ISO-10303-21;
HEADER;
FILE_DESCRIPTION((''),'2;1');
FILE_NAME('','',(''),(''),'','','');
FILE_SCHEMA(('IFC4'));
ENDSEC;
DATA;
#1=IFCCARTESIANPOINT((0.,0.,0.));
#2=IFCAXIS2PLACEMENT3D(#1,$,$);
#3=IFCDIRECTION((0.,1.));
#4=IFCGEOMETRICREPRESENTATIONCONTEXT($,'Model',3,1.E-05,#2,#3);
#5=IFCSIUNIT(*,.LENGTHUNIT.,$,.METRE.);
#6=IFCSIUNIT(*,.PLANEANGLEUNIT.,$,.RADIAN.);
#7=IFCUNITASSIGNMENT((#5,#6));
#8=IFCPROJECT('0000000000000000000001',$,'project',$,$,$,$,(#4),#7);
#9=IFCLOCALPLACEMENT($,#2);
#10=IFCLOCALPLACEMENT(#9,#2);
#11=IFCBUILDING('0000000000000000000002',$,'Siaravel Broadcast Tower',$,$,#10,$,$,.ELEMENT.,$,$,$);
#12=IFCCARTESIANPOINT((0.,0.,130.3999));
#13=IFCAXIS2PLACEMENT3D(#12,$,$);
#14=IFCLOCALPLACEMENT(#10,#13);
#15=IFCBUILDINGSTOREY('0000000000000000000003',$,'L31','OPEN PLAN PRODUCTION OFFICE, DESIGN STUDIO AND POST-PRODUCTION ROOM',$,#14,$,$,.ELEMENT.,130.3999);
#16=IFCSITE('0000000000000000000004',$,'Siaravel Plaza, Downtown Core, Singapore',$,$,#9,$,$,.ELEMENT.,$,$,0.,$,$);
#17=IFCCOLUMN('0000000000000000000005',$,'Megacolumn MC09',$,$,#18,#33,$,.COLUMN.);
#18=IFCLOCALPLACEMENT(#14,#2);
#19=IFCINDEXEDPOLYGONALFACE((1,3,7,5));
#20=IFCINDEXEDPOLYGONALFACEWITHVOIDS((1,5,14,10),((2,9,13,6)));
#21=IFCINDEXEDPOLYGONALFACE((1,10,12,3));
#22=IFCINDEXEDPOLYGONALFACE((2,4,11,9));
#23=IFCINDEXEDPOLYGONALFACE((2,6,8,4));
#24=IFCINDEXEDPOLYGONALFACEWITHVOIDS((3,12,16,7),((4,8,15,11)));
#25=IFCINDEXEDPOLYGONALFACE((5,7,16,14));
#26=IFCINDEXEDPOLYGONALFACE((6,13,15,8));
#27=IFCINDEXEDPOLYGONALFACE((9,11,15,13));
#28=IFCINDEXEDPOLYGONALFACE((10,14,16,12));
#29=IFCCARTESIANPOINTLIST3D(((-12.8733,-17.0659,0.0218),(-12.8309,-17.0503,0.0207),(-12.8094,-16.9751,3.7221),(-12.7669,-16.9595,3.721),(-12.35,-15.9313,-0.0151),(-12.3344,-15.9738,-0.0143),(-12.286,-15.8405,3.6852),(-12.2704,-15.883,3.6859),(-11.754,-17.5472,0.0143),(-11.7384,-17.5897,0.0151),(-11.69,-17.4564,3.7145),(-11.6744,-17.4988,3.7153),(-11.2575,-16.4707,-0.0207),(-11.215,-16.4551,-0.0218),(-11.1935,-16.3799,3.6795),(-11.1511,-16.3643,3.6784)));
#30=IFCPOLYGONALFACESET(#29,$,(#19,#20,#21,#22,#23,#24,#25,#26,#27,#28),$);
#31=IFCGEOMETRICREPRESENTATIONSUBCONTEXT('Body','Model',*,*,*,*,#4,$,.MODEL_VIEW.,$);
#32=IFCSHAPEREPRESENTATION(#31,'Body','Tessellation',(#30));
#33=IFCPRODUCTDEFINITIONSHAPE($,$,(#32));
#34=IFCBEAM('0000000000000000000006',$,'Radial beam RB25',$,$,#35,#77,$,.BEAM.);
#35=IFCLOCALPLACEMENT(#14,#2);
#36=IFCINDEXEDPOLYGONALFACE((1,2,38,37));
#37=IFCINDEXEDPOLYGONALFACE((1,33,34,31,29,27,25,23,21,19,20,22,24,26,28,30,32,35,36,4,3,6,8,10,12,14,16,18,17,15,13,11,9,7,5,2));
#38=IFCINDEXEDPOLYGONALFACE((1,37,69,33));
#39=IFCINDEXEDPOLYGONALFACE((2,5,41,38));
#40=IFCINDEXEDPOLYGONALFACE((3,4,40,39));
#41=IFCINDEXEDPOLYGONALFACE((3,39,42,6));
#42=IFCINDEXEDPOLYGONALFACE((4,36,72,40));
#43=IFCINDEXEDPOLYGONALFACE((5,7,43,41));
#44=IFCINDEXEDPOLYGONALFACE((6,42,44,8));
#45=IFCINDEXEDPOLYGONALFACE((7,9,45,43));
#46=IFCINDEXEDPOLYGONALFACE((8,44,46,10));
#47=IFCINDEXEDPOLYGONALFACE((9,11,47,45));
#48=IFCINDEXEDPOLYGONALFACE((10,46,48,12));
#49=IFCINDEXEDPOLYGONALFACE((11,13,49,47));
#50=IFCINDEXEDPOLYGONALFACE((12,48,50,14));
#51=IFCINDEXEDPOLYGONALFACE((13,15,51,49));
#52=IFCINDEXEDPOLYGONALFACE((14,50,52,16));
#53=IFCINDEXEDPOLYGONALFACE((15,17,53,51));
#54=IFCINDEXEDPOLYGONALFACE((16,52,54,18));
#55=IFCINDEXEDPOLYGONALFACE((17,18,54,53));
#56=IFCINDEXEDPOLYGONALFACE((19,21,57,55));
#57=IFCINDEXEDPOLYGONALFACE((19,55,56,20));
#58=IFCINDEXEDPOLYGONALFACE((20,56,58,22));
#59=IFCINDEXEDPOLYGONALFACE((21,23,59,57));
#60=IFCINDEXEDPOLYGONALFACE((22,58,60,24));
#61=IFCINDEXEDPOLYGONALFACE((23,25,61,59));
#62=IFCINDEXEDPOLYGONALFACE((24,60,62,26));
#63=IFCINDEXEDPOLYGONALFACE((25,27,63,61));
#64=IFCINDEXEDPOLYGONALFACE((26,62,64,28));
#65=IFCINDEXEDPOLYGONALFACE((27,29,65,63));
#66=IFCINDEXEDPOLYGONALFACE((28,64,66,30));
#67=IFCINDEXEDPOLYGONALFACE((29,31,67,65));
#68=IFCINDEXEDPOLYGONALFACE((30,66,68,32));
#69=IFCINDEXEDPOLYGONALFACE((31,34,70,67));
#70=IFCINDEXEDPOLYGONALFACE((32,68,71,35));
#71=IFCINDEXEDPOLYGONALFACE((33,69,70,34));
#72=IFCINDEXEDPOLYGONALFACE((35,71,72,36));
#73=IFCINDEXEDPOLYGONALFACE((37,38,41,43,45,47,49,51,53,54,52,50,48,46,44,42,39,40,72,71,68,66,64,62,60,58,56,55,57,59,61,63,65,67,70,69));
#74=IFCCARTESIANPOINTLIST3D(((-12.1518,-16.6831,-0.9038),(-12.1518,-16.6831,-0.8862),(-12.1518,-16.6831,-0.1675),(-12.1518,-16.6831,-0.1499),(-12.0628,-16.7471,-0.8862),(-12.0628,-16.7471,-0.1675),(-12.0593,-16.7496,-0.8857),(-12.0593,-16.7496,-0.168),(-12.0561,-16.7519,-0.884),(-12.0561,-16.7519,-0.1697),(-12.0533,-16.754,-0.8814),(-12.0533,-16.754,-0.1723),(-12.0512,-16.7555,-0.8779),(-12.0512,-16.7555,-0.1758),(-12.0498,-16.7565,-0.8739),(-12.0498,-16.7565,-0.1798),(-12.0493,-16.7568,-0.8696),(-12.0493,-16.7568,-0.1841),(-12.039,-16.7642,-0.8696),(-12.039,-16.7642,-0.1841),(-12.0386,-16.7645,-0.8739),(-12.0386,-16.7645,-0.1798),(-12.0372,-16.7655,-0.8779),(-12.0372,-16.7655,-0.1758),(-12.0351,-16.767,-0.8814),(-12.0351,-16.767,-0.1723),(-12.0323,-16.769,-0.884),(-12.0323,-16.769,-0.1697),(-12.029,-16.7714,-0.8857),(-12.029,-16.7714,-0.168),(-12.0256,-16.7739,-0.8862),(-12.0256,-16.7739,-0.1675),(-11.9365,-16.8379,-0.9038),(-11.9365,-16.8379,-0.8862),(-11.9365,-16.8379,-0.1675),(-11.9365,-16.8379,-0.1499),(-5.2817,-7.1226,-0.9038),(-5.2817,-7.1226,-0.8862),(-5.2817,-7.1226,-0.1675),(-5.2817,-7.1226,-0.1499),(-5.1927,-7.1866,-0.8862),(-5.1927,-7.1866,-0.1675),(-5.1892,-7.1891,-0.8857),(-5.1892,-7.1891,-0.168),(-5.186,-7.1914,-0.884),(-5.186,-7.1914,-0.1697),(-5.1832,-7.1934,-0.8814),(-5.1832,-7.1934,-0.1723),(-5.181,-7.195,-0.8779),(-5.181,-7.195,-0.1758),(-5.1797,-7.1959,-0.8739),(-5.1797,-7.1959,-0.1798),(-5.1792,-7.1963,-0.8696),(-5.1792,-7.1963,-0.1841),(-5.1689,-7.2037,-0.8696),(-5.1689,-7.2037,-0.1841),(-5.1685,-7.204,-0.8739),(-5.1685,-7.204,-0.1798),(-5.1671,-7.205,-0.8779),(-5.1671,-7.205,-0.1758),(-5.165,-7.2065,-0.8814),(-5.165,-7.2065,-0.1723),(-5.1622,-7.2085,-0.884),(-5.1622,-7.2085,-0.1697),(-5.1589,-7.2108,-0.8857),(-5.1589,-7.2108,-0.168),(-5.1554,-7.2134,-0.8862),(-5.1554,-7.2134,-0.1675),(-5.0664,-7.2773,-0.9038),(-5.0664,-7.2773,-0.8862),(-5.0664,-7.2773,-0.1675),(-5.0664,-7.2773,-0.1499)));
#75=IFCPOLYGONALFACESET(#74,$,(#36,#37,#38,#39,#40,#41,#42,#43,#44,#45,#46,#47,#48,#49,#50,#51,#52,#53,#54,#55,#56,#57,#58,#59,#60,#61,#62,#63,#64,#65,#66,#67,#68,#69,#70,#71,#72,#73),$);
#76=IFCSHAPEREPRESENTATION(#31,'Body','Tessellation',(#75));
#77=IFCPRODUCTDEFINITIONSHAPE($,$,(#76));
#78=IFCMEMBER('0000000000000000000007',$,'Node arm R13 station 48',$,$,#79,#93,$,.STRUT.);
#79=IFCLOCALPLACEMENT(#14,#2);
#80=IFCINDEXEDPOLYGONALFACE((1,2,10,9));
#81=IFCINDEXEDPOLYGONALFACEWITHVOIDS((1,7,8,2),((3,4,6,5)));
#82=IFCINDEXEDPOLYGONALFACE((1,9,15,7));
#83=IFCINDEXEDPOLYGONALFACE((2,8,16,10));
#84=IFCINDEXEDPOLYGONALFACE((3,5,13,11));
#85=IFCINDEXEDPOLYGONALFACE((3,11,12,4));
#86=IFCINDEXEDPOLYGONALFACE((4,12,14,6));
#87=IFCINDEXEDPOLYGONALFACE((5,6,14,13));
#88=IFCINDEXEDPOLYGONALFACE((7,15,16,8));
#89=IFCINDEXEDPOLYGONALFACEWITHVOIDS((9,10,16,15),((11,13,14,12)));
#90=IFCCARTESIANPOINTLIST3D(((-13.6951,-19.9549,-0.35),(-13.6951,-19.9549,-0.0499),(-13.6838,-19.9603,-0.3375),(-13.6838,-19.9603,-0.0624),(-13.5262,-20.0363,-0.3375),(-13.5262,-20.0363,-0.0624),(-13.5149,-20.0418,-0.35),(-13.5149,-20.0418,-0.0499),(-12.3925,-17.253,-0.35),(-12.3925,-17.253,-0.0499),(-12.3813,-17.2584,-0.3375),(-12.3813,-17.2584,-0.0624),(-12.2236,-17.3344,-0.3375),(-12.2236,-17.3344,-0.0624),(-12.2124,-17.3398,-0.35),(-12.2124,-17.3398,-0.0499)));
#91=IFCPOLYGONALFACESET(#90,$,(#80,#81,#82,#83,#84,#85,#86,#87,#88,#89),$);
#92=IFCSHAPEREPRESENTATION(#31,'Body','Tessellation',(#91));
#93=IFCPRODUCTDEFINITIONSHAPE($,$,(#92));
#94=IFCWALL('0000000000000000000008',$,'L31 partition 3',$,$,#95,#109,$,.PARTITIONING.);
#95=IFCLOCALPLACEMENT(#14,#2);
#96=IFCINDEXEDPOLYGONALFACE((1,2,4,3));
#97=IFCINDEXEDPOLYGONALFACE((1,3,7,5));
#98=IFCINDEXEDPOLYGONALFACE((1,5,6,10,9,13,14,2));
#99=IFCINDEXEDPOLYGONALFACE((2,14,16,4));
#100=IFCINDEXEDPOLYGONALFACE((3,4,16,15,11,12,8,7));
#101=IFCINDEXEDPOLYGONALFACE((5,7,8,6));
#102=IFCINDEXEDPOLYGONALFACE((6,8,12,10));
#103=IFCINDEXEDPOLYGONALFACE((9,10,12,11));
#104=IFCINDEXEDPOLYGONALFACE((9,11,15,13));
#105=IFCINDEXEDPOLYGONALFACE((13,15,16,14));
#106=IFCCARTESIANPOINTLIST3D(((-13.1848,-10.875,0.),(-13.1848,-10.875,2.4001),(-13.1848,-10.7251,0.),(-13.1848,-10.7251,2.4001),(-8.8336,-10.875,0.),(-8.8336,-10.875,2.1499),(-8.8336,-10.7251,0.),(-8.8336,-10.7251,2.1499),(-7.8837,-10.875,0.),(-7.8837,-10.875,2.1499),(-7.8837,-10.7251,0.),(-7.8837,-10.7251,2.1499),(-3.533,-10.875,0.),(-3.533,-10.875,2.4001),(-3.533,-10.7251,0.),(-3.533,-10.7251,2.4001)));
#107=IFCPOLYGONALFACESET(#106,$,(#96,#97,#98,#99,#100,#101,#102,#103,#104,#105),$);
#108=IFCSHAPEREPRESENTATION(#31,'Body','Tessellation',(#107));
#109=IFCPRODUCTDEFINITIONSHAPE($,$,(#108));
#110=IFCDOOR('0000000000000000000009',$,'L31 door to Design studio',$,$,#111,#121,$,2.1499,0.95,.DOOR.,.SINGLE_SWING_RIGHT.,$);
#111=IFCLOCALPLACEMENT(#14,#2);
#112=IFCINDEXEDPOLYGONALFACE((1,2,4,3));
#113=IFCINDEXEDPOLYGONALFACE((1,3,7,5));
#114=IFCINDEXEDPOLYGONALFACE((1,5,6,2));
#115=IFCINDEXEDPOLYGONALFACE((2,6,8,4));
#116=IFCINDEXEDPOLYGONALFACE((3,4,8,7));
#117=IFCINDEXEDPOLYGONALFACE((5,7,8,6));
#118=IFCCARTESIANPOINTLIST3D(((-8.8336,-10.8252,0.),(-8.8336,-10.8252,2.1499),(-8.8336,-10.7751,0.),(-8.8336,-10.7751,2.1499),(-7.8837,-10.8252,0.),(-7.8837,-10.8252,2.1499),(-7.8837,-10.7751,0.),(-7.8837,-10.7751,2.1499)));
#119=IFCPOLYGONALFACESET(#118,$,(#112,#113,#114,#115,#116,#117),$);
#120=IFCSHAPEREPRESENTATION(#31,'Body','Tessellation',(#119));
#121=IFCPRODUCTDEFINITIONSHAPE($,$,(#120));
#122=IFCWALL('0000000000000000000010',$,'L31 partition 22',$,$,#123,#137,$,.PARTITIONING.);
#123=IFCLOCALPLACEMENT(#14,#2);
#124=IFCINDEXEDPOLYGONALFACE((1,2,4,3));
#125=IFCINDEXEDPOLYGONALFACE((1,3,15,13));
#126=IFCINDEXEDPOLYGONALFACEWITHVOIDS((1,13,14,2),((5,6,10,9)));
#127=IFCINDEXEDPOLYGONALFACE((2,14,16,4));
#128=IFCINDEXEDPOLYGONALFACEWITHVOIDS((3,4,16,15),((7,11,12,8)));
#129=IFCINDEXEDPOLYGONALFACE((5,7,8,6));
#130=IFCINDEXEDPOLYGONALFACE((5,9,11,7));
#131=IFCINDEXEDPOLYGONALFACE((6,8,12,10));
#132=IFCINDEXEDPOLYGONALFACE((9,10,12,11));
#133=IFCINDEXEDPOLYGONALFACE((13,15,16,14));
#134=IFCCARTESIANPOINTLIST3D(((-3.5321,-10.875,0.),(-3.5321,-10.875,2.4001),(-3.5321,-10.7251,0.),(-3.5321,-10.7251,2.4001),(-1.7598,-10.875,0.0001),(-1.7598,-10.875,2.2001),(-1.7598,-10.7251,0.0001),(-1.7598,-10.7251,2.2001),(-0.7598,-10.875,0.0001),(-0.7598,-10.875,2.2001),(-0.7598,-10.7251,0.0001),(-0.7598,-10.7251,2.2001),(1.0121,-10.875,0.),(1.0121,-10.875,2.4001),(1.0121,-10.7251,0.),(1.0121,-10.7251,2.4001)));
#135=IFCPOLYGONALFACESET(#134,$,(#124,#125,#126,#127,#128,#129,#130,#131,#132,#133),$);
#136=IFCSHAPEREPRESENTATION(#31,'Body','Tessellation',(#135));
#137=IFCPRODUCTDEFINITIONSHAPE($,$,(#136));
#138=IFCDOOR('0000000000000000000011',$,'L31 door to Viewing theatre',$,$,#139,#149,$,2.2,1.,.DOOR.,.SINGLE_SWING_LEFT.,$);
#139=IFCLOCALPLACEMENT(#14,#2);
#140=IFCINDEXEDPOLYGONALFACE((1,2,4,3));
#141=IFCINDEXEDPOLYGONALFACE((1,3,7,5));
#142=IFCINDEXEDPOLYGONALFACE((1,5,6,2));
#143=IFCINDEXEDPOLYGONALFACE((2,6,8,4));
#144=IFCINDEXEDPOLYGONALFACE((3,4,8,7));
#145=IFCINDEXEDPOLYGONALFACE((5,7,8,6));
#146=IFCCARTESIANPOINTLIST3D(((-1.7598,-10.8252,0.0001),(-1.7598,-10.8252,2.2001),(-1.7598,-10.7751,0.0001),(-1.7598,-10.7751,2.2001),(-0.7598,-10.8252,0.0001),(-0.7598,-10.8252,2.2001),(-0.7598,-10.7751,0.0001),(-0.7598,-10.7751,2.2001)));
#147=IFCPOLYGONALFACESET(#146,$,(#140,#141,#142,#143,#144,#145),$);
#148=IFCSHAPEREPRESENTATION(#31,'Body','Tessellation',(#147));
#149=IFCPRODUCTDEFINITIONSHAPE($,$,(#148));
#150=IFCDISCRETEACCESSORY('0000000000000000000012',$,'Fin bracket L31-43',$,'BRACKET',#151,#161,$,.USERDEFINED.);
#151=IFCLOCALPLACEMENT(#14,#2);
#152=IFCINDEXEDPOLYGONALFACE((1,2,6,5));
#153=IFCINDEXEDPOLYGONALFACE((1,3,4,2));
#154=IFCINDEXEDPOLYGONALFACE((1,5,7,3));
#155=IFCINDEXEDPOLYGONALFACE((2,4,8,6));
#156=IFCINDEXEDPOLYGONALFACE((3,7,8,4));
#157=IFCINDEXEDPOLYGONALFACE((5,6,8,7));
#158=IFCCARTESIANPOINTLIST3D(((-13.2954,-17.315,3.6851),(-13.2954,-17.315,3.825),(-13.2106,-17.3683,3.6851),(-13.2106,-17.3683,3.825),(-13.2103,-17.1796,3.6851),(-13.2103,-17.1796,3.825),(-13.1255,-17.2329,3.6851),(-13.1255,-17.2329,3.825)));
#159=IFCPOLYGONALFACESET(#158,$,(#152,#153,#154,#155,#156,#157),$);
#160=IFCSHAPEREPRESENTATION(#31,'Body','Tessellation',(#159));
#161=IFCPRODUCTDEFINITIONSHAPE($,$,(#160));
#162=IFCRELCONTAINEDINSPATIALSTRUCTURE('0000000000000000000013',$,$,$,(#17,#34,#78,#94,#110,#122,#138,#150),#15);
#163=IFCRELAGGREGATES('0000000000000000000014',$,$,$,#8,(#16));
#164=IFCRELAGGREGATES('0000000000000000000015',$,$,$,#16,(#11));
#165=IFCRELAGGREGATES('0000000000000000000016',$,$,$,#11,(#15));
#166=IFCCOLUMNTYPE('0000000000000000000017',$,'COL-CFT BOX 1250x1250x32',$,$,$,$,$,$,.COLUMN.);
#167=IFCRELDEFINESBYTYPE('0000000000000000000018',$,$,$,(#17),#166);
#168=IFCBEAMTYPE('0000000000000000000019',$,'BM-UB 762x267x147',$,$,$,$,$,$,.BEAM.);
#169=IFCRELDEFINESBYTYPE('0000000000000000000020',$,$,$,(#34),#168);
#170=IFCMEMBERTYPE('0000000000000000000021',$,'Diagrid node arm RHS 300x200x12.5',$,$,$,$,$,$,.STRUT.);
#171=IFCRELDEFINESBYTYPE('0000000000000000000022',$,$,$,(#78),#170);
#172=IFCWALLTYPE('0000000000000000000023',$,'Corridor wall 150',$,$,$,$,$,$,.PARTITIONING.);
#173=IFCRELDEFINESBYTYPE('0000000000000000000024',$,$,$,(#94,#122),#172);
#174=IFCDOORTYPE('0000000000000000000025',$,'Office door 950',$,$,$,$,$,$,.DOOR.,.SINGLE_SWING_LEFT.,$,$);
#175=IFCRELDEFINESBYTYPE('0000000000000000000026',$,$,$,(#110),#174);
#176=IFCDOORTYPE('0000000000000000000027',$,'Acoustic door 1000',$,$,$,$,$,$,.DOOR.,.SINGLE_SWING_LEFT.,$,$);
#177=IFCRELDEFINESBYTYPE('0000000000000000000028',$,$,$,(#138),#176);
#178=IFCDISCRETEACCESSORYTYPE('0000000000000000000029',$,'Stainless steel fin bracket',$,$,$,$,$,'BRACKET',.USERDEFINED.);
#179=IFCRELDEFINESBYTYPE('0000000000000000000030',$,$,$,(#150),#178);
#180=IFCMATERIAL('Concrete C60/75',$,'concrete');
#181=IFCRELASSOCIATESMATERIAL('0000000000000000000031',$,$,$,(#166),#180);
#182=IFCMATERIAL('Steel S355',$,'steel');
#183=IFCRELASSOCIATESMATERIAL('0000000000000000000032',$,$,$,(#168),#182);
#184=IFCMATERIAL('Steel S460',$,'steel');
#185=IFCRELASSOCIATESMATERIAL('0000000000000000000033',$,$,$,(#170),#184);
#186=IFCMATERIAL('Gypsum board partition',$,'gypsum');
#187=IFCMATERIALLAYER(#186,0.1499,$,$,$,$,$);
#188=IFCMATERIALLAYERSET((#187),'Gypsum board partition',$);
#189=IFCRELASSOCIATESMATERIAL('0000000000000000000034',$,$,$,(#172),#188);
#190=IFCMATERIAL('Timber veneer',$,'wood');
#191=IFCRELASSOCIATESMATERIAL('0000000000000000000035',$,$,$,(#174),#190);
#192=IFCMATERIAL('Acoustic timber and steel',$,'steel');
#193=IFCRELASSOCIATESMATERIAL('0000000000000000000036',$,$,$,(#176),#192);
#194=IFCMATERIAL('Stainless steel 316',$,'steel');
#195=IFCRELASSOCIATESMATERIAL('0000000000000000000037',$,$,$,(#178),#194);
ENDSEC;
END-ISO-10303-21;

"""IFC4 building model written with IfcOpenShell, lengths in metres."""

from ifc_helpers import new_model, si_unit, direction, frame, frame_2d, origin, origin_2d, place, context, subcontext, project, spatial, rectangle, hollow_rectangle, i_section, extrude, material, layer, layer_set, material_profile, profile_set, type_object, element, fill, save


model = new_model("IFC4")

# Units and contexts
model_context = context("Model", 3, precision=1e-05, world=origin(), true_north=direction((0.0, 1.0)))
body_context = subcontext(model_context, "Body", "Model", "MODEL_VIEW")
ifc_project = project(units=[si_unit("LENGTHUNIT", "METRE"), si_unit("PLANEANGLEUNIT", "RADIAN")], contexts=[model_context])

# Site, building, storey
site_placement = place(None, origin())
site = spatial("IfcSite", under=ifc_project, at=site_placement, Name="Siaravel Plaza, Downtown Core, Singapore", CompositionType="ELEMENT", RefElevation=0.0)
building_placement = place(site_placement, origin())
building = spatial("IfcBuilding", under=site, at=building_placement, Name="Siaravel Broadcast Tower", CompositionType="ELEMENT")
storey_placement = place(building_placement, frame((0.0, 0.0, 130.3999)))
storey = spatial("IfcBuildingStorey", under=building, at=storey_placement, Name="L31", Description="OPEN PLAN PRODUCTION OFFICE, DESIGN STUDIO AND POST-PRODUCTION ROOM", CompositionType="ELEMENT", Elevation=130.3999)

# Column
ifc_material_1 = material(Name="Concrete C60/75", Category="concrete")
ifc_material_profile_1 = material_profile(ifc_material_1, hollow_rectangle(XDim=1.25, YDim=1.25, WallThickness=0.032, at=origin_2d()))
ifc_profile_set_1 = profile_set([ifc_material_profile_1], Name="Concrete C60/75")
column_type = type_object("IfcColumnType", Name="COL-CFT BOX 1250x1250x32", PredefinedType="COLUMN", material=ifc_profile_set_1)
column_placement = place(storey_placement, frame((-12.0442, -16.7605, 0.0), z_axis=(0.017279, 0.024534, 0.99955), x_axis=(-0.907979, 0.418981, 0.005412)))
element("IfcColumn", 1, at=column_placement, inside=storey, type_object=column_type, Name="Megacolumn MC09", PredefinedType="COLUMN", context=body_context, shape_type="SweptSolid", body=[
    extrude(hollow_rectangle(XDim=1.25, YDim=1.25, WallThickness=0.032, at=origin_2d()), origin(), (0.0, 0.0, 1.0), 3.7019),
])

# Beam
ifc_material_2 = material(Name="Steel S355", Category="steel")
ifc_material_profile_2 = material_profile(ifc_material_2, i_section(OverallWidth=0.2651, OverallDepth=0.7539, WebThickness=0.0127, FlangeThickness=0.0176, FilletRadius=0.0166, at=origin_2d()))
ifc_profile_set_2 = profile_set([ifc_material_profile_2], Name="Steel S355")
beam_type = type_object("IfcBeamType", Name="BM-UB 762x267x147", PredefinedType="BEAM", material=ifc_profile_set_2)
beam_placement = place(storey_placement, frame((-12.0442, -16.7605, -0.5269), z_axis=(0.583551, 0.812077, 0.0), x_axis=(-0.812077, 0.583551, 0.0)))
element("IfcBeam", 2, at=beam_placement, inside=storey, type_object=beam_type, Name="Radial beam RB25", PredefinedType="BEAM", context=body_context, shape_type="SweptSolid", body=[
    extrude(i_section(OverallWidth=0.2651, OverallDepth=0.7539, WebThickness=0.0127, FlangeThickness=0.0176, FilletRadius=0.0166, at=origin_2d()), origin(), (0.0, 0.0, 1.0), 11.7729),
])

# Member
ifc_material_3 = material(Name="Steel S460", Category="steel")
ifc_material_profile_3 = material_profile(ifc_material_3, hollow_rectangle(XDim=0.2, YDim=0.3, WallThickness=0.0125, at=origin_2d()))
ifc_profile_set_3 = profile_set([ifc_material_profile_3], Name="Steel S460")
member_type = type_object("IfcMemberType", Name="Diagrid node arm RHS 300x200x12.5", PredefinedType="STRUT", material=ifc_profile_set_3)
member_placement = place(storey_placement, frame((-12.3025, -17.2964, -0.2), z_axis=(-0.434241, -0.900797, 0.0), x_axis=(0.900797, -0.434241, 0.0)))
element("IfcMember", 3, at=member_placement, inside=storey, type_object=member_type, Name="Node arm R13 station 48", PredefinedType="STRUT", context=body_context, shape_type="SweptSolid", body=[
    extrude(hollow_rectangle(XDim=0.2, YDim=0.3, WallThickness=0.0125, at=origin_2d()), origin(), (0.0, 0.0, 1.0), 2.9995),
])

# Walls, openings, doors
ifc_material_4 = material(Name="Gypsum board partition", Category="gypsum")
ifc_layer = layer(ifc_material_4, 0.1499)
ifc_layer_set = layer_set([ifc_layer], Name="Gypsum board partition")
wall_type = type_object("IfcWallType", Name="Corridor wall 150", PredefinedType="PARTITIONING", material=ifc_layer_set)
wall_1_placement = place(storey_placement, frame((-13.1848, -10.8, 0.0), z_axis=(0.0, 0.0, 1.0), x_axis=(1.0, 0.0, 0.0)))
wall_1 = element("IfcWall", 4, at=wall_1_placement, inside=storey, type_object=wall_type, Name="L31 partition 3", PredefinedType="PARTITIONING", context=body_context, shape_type="SweptSolid", body=[
    extrude(rectangle(XDim=9.6519, YDim=0.1499, at=frame_2d((4.8259, 0.0))), origin(), (0.0, 0.0, 1.0), 2.4001),
])
opening_1_placement = place(wall_1_placement, frame((4.3511, 0.0, 0.0)))
opening_1 = element("IfcOpeningElement", 5, at=opening_1_placement, cuts=wall_1, PredefinedType="OPENING", context=body_context, shape_type="SweptSolid", body=[
    extrude(rectangle(XDim=0.95, YDim=2.1499, at=frame_2d((0.4751, 1.075))), frame((0.0, 0.085, 0.0), z_axis=(0.0, -1.0, 0.0), x_axis=(1.0, 0.0, 0.0)), (0.0, 0.0, 1.0), 0.1699),
])
ifc_material_5 = material(Name="Timber veneer", Category="wood")
door_type_1 = type_object("IfcDoorType", Name="Office door 950", OperationType="SINGLE_SWING_LEFT", PredefinedType="DOOR", material=ifc_material_5)
door_1_placement = place(opening_1_placement, origin())
door_1 = element("IfcDoor", 6, at=door_1_placement, inside=storey, type_object=door_type_1, Name="L31 door to Design studio", OperationType="SINGLE_SWING_RIGHT", OverallHeight=2.1499, OverallWidth=0.95, PredefinedType="DOOR", context=body_context, shape_type="SweptSolid", body=[
    extrude(rectangle(XDim=0.95, YDim=2.1499, at=frame_2d((0.4751, 1.075))), frame((0.0, 0.0249, 0.0), z_axis=(0.0, -1.0, 0.0), x_axis=(1.0, 0.0, 0.0)), (0.0, 0.0, 1.0), 0.05),
])
fill(opening_1, door_1)
wall_2_placement = place(storey_placement, frame((-3.532, -10.8, 0.0), z_axis=(0.0, 0.0, 1.0), x_axis=(1.0, 0.0, 0.0)))
wall_2 = element("IfcWall", 7, at=wall_2_placement, inside=storey, type_object=wall_type, Name="L31 partition 22", PredefinedType="PARTITIONING", context=body_context, shape_type="SweptSolid", body=[
    extrude(rectangle(XDim=4.5442, YDim=0.1499, at=frame_2d((2.272, 0.0))), origin(), (0.0, 0.0, 1.0), 2.4001),
])
opening_2_placement = place(wall_2_placement, frame((1.7722, 0.0, 0.0)))
opening_2 = element("IfcOpeningElement", 8, at=opening_2_placement, cuts=wall_2, PredefinedType="OPENING", context=body_context, shape_type="SweptSolid", body=[
    extrude(rectangle(XDim=1.0, YDim=2.2, at=frame_2d((0.5, 1.1001))), frame((0.0, 0.085, 0.0), z_axis=(0.0, -1.0, 0.0), x_axis=(1.0, 0.0, 0.0)), (0.0, 0.0, 1.0), 0.1699),
])
ifc_material_6 = material(Name="Acoustic timber and steel", Category="steel")
door_type_2 = type_object("IfcDoorType", Name="Acoustic door 1000", OperationType="SINGLE_SWING_LEFT", PredefinedType="DOOR", material=ifc_material_6)
door_2_placement = place(opening_2_placement, origin())
door_2 = element("IfcDoor", 9, at=door_2_placement, inside=storey, type_object=door_type_2, Name="L31 door to Viewing theatre", OperationType="SINGLE_SWING_LEFT", OverallHeight=2.2, OverallWidth=1.0, PredefinedType="DOOR", context=body_context, shape_type="SweptSolid", body=[
    extrude(rectangle(XDim=1.0, YDim=2.2, at=frame_2d((0.5, 1.1001))), frame((0.0, 0.0249, 0.0), z_axis=(0.0, -1.0, 0.0), x_axis=(1.0, 0.0, 0.0)), (0.0, 0.0, 1.0), 0.05),
])
fill(opening_2, door_2)

# Discrete accessory
ifc_material_7 = material(Name="Stainless steel 316", Category="steel")
discrete_accessory_type = type_object("IfcDiscreteAccessoryType", Name="Stainless steel fin bracket", ElementType="BRACKET", PredefinedType="USERDEFINED", material=ifc_material_7)
discrete_accessory_placement = place(storey_placement, frame((-13.2104, -17.2739, 3.6851), z_axis=(0.0, 0.0, 1.0), x_axis=(-0.532151, -0.84665, 0.0)))
element("IfcDiscreteAccessory", 10, at=discrete_accessory_placement, inside=storey, type_object=discrete_accessory_type, Name="Fin bracket L31-43", ObjectType="BRACKET", PredefinedType="USERDEFINED", context=body_context, shape_type="SweptSolid", body=[
    extrude(rectangle(XDim=0.1599, YDim=0.1001, at=origin_2d()), origin(), (0.0, 0.0, 1.0), 0.1399),
])

save(model, "model.ifc")
